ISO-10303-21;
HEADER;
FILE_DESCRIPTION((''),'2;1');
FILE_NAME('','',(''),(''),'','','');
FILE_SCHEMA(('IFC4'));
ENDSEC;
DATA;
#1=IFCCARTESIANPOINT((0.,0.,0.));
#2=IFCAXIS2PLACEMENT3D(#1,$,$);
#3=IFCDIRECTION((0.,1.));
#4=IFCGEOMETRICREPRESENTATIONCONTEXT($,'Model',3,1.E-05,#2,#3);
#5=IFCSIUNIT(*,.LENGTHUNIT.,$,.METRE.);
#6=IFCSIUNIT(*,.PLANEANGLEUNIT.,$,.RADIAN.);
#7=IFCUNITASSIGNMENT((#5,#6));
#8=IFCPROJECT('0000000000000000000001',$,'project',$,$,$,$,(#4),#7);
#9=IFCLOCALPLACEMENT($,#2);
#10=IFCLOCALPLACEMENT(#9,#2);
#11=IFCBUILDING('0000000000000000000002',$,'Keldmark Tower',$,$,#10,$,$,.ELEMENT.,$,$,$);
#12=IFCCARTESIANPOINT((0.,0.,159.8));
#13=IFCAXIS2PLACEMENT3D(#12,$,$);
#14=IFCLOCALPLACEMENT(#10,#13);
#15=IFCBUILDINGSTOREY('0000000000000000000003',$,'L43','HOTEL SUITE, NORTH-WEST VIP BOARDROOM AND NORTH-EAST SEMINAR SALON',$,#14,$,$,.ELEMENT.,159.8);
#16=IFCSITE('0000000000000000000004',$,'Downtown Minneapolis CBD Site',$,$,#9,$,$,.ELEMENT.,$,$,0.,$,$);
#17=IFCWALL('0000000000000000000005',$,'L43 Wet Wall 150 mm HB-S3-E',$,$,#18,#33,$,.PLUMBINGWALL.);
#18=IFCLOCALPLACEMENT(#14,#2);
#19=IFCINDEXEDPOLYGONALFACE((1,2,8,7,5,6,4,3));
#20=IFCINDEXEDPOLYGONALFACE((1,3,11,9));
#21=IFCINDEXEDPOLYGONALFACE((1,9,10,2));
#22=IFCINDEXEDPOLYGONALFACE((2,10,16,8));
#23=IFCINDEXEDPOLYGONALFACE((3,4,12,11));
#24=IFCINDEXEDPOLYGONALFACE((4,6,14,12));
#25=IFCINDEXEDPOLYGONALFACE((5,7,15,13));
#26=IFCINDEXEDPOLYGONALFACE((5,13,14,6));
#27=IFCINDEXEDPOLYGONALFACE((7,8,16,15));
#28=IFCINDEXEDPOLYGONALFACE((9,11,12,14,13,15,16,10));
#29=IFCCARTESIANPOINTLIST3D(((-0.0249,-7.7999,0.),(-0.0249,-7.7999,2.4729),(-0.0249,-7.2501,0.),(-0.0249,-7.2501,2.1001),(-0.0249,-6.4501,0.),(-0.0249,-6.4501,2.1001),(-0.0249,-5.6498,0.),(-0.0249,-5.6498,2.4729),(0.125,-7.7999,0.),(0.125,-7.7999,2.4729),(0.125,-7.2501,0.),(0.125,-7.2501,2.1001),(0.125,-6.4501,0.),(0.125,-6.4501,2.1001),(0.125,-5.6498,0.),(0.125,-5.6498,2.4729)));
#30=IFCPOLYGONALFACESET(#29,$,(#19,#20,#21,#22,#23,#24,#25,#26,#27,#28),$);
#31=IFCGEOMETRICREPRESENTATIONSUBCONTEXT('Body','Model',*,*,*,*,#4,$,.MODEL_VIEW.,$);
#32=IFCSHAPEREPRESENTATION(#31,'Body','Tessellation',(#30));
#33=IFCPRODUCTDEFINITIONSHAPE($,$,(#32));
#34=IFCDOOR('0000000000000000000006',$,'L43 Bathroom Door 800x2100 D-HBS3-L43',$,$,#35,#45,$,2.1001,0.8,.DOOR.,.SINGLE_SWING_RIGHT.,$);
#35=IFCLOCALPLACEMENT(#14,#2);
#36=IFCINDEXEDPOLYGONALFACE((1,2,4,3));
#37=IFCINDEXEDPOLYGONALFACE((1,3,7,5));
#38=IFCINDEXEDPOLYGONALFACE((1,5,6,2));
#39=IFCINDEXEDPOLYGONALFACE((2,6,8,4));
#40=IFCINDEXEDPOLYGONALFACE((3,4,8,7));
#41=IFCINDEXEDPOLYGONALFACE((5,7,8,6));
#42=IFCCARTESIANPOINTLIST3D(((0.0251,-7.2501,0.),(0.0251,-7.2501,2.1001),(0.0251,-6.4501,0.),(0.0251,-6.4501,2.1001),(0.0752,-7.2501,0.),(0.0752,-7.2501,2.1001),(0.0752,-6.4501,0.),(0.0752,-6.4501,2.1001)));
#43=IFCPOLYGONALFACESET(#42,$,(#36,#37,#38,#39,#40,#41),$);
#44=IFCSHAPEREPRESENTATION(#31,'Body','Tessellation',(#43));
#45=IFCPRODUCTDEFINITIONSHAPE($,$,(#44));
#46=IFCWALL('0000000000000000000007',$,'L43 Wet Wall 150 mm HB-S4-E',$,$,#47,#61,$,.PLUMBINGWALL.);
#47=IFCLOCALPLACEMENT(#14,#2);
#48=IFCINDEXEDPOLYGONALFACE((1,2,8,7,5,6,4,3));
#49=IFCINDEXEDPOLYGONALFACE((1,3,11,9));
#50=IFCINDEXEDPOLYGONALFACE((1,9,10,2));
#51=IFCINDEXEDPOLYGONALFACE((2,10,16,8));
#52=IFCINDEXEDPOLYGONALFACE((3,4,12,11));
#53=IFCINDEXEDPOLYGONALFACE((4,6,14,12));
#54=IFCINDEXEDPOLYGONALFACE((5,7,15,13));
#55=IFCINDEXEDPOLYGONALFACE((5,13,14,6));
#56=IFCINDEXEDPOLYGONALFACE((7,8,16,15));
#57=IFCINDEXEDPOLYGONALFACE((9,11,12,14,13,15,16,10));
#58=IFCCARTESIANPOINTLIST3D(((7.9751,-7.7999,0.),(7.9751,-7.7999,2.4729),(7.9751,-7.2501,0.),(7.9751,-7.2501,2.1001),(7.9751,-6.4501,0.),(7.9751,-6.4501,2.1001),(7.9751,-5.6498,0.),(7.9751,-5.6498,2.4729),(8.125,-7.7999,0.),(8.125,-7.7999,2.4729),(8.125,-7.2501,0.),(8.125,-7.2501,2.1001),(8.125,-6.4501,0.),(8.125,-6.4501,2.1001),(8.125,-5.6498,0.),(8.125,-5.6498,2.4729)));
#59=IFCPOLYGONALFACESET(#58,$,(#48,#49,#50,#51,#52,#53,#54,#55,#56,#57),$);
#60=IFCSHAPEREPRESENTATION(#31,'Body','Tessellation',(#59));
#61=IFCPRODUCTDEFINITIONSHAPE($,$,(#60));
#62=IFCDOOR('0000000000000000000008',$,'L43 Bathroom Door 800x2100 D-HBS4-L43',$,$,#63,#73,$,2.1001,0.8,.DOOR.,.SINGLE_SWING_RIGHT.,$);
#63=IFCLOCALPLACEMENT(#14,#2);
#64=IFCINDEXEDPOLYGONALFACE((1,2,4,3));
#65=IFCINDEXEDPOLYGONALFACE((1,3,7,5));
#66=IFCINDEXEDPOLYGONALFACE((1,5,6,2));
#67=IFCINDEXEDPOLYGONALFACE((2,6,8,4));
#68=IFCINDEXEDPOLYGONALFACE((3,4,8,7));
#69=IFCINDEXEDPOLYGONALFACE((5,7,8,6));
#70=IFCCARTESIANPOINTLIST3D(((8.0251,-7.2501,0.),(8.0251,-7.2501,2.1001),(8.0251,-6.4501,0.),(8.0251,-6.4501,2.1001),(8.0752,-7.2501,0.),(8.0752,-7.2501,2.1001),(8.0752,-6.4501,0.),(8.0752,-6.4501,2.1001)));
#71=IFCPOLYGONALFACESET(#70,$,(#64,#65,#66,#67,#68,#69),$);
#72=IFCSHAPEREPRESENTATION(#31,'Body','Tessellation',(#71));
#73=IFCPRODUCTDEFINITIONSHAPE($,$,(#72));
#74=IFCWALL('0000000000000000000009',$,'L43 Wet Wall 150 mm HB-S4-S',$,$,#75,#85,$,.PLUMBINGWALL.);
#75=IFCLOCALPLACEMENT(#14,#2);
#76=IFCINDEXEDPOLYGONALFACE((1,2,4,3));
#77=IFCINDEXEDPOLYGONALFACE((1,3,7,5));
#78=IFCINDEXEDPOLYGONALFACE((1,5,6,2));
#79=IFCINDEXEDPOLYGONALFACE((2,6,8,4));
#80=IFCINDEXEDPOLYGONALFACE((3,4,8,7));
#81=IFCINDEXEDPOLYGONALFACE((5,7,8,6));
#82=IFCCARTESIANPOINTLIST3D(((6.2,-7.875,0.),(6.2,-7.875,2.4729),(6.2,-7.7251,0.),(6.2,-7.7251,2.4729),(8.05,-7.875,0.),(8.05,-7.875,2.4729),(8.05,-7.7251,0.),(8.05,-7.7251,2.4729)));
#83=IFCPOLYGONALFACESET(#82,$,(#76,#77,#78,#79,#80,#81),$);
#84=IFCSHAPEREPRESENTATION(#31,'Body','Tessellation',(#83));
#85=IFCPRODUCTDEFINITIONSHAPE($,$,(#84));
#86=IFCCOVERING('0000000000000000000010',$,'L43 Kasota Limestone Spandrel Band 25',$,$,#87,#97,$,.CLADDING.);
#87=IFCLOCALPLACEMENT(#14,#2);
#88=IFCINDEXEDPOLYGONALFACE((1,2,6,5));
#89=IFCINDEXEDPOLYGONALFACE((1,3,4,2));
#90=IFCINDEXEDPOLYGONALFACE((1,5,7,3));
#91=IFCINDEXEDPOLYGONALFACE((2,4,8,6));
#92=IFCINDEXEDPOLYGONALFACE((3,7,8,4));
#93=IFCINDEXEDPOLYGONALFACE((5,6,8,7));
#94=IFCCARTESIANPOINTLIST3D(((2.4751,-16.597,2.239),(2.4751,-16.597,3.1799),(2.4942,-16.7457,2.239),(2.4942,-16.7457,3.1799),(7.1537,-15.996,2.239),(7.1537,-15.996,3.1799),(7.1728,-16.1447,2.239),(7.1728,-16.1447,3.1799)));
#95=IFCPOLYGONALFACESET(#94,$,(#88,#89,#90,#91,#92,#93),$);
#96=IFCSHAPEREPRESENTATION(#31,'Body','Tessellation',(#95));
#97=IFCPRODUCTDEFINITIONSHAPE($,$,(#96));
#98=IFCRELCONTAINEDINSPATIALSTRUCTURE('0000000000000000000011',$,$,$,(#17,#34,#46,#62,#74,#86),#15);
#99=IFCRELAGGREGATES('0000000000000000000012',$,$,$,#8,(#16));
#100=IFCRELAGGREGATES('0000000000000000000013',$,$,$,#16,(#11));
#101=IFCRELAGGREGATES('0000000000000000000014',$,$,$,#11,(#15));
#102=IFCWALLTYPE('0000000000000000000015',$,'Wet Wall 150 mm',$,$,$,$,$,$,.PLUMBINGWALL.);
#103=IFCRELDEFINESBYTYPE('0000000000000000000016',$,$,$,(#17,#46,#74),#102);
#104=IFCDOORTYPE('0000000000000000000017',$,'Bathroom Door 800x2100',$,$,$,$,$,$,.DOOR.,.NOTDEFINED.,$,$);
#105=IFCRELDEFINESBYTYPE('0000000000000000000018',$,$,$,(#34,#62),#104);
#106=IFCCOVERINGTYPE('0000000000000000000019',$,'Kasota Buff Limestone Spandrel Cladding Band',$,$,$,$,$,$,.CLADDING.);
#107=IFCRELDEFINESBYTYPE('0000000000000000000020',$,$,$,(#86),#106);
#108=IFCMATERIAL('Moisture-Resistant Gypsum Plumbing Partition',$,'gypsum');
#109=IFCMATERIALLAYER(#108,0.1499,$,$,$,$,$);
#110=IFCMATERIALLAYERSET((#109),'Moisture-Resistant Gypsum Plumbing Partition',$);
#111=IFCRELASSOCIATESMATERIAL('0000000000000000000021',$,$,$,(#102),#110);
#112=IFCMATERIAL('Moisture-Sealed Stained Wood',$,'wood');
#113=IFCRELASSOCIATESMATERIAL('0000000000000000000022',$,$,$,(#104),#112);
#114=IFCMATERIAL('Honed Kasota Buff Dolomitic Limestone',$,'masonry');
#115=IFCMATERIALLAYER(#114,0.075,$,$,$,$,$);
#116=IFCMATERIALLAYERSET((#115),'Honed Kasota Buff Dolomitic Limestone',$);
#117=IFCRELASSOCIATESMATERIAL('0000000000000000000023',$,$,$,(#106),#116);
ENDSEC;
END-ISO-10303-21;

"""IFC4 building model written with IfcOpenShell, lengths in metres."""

from ifc_helpers import new_model, si_unit, direction, frame, frame_2d, origin, origin_2d, place, context, subcontext, project, spatial, rectangle, extrude, material, layer, layer_set, type_object, element, fill, save


model = new_model("IFC4")

# Units and contexts
model_context = context("Model", 3, precision=1e-05, world=origin(), true_north=direction((0.0, 1.0)))
body_context = subcontext(model_context, "Body", "Model", "MODEL_VIEW")
ifc_project = project(units=[si_unit("LENGTHUNIT", "METRE"), si_unit("PLANEANGLEUNIT", "RADIAN")], contexts=[model_context])

# Site, building, storey
site_placement = place(None, origin())
site = spatial("IfcSite", under=ifc_project, at=site_placement, Name="Downtown Minneapolis CBD Site", CompositionType="ELEMENT", RefElevation=0.0)
building_placement = place(site_placement, origin())
building = spatial("IfcBuilding", under=site, at=building_placement, Name="Keldmark Tower", CompositionType="ELEMENT")
storey_placement = place(building_placement, frame((0.0, 0.0, 159.8)))
storey = spatial("IfcBuildingStorey", under=building, at=storey_placement, Name="L43", Description="HOTEL SUITE, NORTH-WEST VIP BOARDROOM AND NORTH-EAST SEMINAR SALON", CompositionType="ELEMENT", Elevation=159.8)

# Shared definitions
ifc_material_1 = material(Name="Moisture-Resistant Gypsum Plumbing Partition", Category="gypsum")
ifc_layer_1 = layer(ifc_material_1, 0.1499)
ifc_layer_set_1 = layer_set([ifc_layer_1], Name="Moisture-Resistant Gypsum Plumbing Partition")
wall_type_1 = type_object("IfcWallType", Name="Wet Wall 150 mm", PredefinedType="PLUMBINGWALL", material=ifc_layer_set_1)

# Walls, openings, doors
wall_1_placement = place(storey_placement, frame((0.05, -7.8, 0.0), z_axis=(0.0, 0.0, 1.0), x_axis=(0.0, 1.0, 0.0)))
wall_1 = element("IfcWall", 1, at=wall_1_placement, inside=storey, type_object=wall_type_1, Name="L43 Wet Wall 150 mm HB-S3-E", PredefinedType="PLUMBINGWALL", context=body_context, shape_type="SweptSolid", body=[
    extrude(rectangle(XDim=2.1501, YDim=0.1499, at=frame_2d((1.0752, 0.0))), origin(), (0.0, 0.0, 1.0), 2.4729),
])
opening_1_placement = place(wall_1_placement, frame((0.55, 0.0, 0.0)))
opening_1 = element("IfcOpeningElement", 2, at=opening_1_placement, cuts=wall_1, PredefinedType="OPENING", context=body_context, shape_type="SweptSolid", body=[
    extrude(rectangle(XDim=0.8, YDim=2.1001, at=frame_2d((0.3999, 1.05))), frame((0.0, 0.085, 0.0), z_axis=(0.0, -1.0, 0.0), x_axis=(1.0, 0.0, 0.0)), (0.0, 0.0, 1.0), 0.1699),
])
ifc_material_2 = material(Name="Moisture-Sealed Stained Wood", Category="wood")
door_type = type_object("IfcDoorType", Name="Bathroom Door 800x2100", OperationType="NOTDEFINED", PredefinedType="DOOR", material=ifc_material_2)
door_1_placement = place(opening_1_placement, origin())
door_1 = element("IfcDoor", 3, at=door_1_placement, inside=storey, type_object=door_type, Name="L43 Bathroom Door 800x2100 D-HBS3-L43", OperationType="SINGLE_SWING_RIGHT", OverallHeight=2.1001, OverallWidth=0.8, PredefinedType="DOOR", context=body_context, shape_type="SweptSolid", body=[
    extrude(rectangle(XDim=0.8, YDim=2.1001, at=frame_2d((0.3999, 1.05))), frame((0.0, 0.0249, 0.0), z_axis=(0.0, -1.0, 0.0), x_axis=(1.0, 0.0, 0.0)), (0.0, 0.0, 1.0), 0.05),
])
fill(opening_1, door_1)
wall_2_placement = place(storey_placement, frame((8.05, -7.8, 0.0), z_axis=(0.0, 0.0, 1.0), x_axis=(0.0, 1.0, 0.0)))
wall_2 = element("IfcWall", 4, at=wall_2_placement, inside=storey, type_object=wall_type_1, Name="L43 Wet Wall 150 mm HB-S4-E", PredefinedType="PLUMBINGWALL", context=body_context, shape_type="SweptSolid", body=[
    extrude(rectangle(XDim=2.1501, YDim=0.1499, at=frame_2d((1.0752, 0.0))), origin(), (0.0, 0.0, 1.0), 2.4729),
])
opening_2_placement = place(wall_2_placement, frame((0.55, 0.0, 0.0)))
opening_2 = element("IfcOpeningElement", 5, at=opening_2_placement, cuts=wall_2, PredefinedType="OPENING", context=body_context, shape_type="SweptSolid", body=[
    extrude(rectangle(XDim=0.8, YDim=2.1001, at=frame_2d((0.3999, 1.05))), frame((0.0, 0.085, 0.0), z_axis=(0.0, -1.0, 0.0), x_axis=(1.0, 0.0, 0.0)), (0.0, 0.0, 1.0), 0.1699),
])
door_2_placement = place(opening_2_placement, origin())
door_2 = element("IfcDoor", 6, at=door_2_placement, inside=storey, type_object=door_type, Name="L43 Bathroom Door 800x2100 D-HBS4-L43", OperationType="SINGLE_SWING_RIGHT", OverallHeight=2.1001, OverallWidth=0.8, PredefinedType="DOOR", context=body_context, shape_type="SweptSolid", body=[
    extrude(rectangle(XDim=0.8, YDim=2.1001, at=frame_2d((0.3999, 1.05))), frame((0.0, 0.0249, 0.0), z_axis=(0.0, -1.0, 0.0), x_axis=(1.0, 0.0, 0.0)), (0.0, 0.0, 1.0), 0.05),
])
fill(opening_2, door_2)

# Wall
wall_3_placement = place(storey_placement, frame((6.2, -7.8, 0.0), z_axis=(0.0, 0.0, 1.0), x_axis=(1.0, 0.0, 0.0)))
element("IfcWall", 7, at=wall_3_placement, inside=storey, type_object=wall_type_1, Name="L43 Wet Wall 150 mm HB-S4-S", PredefinedType="PLUMBINGWALL", context=body_context, shape_type="SweptSolid", body=[
    extrude(rectangle(XDim=1.8501, YDim=0.1499, at=frame_2d((0.925, 0.0))), origin(), (0.0, 0.0, 1.0), 2.4729),
])

# Covering
ifc_material_3 = material(Name="Honed Kasota Buff Dolomitic Limestone", Category="masonry")
ifc_layer_2 = layer(ifc_material_3, 0.075)
ifc_layer_set_2 = layer_set([ifc_layer_2], Name="Honed Kasota Buff Dolomitic Limestone")
covering_type = type_object("IfcCoveringType", Name="Kasota Buff Limestone Spandrel Cladding Band", PredefinedType="CLADDING", material=ifc_layer_set_2)
covering_placement = place(storey_placement, frame((4.824, -16.3708, 2.239), z_axis=(0.0, 0.0, 1.0), x_axis=(0.99185, 0.127411, 0.0)))
element("IfcCovering", 8, at=covering_placement, inside=storey, type_object=covering_type, Name="L43 Kasota Limestone Spandrel Band 25", PredefinedType="CLADDING", context=body_context, shape_type="SweptSolid", body=[
    extrude(rectangle(XDim=4.717, YDim=0.1499, at=origin_2d()), origin(), (0.0, 0.0, 1.0), 0.9409),
])

save(model, "model.ifc")
